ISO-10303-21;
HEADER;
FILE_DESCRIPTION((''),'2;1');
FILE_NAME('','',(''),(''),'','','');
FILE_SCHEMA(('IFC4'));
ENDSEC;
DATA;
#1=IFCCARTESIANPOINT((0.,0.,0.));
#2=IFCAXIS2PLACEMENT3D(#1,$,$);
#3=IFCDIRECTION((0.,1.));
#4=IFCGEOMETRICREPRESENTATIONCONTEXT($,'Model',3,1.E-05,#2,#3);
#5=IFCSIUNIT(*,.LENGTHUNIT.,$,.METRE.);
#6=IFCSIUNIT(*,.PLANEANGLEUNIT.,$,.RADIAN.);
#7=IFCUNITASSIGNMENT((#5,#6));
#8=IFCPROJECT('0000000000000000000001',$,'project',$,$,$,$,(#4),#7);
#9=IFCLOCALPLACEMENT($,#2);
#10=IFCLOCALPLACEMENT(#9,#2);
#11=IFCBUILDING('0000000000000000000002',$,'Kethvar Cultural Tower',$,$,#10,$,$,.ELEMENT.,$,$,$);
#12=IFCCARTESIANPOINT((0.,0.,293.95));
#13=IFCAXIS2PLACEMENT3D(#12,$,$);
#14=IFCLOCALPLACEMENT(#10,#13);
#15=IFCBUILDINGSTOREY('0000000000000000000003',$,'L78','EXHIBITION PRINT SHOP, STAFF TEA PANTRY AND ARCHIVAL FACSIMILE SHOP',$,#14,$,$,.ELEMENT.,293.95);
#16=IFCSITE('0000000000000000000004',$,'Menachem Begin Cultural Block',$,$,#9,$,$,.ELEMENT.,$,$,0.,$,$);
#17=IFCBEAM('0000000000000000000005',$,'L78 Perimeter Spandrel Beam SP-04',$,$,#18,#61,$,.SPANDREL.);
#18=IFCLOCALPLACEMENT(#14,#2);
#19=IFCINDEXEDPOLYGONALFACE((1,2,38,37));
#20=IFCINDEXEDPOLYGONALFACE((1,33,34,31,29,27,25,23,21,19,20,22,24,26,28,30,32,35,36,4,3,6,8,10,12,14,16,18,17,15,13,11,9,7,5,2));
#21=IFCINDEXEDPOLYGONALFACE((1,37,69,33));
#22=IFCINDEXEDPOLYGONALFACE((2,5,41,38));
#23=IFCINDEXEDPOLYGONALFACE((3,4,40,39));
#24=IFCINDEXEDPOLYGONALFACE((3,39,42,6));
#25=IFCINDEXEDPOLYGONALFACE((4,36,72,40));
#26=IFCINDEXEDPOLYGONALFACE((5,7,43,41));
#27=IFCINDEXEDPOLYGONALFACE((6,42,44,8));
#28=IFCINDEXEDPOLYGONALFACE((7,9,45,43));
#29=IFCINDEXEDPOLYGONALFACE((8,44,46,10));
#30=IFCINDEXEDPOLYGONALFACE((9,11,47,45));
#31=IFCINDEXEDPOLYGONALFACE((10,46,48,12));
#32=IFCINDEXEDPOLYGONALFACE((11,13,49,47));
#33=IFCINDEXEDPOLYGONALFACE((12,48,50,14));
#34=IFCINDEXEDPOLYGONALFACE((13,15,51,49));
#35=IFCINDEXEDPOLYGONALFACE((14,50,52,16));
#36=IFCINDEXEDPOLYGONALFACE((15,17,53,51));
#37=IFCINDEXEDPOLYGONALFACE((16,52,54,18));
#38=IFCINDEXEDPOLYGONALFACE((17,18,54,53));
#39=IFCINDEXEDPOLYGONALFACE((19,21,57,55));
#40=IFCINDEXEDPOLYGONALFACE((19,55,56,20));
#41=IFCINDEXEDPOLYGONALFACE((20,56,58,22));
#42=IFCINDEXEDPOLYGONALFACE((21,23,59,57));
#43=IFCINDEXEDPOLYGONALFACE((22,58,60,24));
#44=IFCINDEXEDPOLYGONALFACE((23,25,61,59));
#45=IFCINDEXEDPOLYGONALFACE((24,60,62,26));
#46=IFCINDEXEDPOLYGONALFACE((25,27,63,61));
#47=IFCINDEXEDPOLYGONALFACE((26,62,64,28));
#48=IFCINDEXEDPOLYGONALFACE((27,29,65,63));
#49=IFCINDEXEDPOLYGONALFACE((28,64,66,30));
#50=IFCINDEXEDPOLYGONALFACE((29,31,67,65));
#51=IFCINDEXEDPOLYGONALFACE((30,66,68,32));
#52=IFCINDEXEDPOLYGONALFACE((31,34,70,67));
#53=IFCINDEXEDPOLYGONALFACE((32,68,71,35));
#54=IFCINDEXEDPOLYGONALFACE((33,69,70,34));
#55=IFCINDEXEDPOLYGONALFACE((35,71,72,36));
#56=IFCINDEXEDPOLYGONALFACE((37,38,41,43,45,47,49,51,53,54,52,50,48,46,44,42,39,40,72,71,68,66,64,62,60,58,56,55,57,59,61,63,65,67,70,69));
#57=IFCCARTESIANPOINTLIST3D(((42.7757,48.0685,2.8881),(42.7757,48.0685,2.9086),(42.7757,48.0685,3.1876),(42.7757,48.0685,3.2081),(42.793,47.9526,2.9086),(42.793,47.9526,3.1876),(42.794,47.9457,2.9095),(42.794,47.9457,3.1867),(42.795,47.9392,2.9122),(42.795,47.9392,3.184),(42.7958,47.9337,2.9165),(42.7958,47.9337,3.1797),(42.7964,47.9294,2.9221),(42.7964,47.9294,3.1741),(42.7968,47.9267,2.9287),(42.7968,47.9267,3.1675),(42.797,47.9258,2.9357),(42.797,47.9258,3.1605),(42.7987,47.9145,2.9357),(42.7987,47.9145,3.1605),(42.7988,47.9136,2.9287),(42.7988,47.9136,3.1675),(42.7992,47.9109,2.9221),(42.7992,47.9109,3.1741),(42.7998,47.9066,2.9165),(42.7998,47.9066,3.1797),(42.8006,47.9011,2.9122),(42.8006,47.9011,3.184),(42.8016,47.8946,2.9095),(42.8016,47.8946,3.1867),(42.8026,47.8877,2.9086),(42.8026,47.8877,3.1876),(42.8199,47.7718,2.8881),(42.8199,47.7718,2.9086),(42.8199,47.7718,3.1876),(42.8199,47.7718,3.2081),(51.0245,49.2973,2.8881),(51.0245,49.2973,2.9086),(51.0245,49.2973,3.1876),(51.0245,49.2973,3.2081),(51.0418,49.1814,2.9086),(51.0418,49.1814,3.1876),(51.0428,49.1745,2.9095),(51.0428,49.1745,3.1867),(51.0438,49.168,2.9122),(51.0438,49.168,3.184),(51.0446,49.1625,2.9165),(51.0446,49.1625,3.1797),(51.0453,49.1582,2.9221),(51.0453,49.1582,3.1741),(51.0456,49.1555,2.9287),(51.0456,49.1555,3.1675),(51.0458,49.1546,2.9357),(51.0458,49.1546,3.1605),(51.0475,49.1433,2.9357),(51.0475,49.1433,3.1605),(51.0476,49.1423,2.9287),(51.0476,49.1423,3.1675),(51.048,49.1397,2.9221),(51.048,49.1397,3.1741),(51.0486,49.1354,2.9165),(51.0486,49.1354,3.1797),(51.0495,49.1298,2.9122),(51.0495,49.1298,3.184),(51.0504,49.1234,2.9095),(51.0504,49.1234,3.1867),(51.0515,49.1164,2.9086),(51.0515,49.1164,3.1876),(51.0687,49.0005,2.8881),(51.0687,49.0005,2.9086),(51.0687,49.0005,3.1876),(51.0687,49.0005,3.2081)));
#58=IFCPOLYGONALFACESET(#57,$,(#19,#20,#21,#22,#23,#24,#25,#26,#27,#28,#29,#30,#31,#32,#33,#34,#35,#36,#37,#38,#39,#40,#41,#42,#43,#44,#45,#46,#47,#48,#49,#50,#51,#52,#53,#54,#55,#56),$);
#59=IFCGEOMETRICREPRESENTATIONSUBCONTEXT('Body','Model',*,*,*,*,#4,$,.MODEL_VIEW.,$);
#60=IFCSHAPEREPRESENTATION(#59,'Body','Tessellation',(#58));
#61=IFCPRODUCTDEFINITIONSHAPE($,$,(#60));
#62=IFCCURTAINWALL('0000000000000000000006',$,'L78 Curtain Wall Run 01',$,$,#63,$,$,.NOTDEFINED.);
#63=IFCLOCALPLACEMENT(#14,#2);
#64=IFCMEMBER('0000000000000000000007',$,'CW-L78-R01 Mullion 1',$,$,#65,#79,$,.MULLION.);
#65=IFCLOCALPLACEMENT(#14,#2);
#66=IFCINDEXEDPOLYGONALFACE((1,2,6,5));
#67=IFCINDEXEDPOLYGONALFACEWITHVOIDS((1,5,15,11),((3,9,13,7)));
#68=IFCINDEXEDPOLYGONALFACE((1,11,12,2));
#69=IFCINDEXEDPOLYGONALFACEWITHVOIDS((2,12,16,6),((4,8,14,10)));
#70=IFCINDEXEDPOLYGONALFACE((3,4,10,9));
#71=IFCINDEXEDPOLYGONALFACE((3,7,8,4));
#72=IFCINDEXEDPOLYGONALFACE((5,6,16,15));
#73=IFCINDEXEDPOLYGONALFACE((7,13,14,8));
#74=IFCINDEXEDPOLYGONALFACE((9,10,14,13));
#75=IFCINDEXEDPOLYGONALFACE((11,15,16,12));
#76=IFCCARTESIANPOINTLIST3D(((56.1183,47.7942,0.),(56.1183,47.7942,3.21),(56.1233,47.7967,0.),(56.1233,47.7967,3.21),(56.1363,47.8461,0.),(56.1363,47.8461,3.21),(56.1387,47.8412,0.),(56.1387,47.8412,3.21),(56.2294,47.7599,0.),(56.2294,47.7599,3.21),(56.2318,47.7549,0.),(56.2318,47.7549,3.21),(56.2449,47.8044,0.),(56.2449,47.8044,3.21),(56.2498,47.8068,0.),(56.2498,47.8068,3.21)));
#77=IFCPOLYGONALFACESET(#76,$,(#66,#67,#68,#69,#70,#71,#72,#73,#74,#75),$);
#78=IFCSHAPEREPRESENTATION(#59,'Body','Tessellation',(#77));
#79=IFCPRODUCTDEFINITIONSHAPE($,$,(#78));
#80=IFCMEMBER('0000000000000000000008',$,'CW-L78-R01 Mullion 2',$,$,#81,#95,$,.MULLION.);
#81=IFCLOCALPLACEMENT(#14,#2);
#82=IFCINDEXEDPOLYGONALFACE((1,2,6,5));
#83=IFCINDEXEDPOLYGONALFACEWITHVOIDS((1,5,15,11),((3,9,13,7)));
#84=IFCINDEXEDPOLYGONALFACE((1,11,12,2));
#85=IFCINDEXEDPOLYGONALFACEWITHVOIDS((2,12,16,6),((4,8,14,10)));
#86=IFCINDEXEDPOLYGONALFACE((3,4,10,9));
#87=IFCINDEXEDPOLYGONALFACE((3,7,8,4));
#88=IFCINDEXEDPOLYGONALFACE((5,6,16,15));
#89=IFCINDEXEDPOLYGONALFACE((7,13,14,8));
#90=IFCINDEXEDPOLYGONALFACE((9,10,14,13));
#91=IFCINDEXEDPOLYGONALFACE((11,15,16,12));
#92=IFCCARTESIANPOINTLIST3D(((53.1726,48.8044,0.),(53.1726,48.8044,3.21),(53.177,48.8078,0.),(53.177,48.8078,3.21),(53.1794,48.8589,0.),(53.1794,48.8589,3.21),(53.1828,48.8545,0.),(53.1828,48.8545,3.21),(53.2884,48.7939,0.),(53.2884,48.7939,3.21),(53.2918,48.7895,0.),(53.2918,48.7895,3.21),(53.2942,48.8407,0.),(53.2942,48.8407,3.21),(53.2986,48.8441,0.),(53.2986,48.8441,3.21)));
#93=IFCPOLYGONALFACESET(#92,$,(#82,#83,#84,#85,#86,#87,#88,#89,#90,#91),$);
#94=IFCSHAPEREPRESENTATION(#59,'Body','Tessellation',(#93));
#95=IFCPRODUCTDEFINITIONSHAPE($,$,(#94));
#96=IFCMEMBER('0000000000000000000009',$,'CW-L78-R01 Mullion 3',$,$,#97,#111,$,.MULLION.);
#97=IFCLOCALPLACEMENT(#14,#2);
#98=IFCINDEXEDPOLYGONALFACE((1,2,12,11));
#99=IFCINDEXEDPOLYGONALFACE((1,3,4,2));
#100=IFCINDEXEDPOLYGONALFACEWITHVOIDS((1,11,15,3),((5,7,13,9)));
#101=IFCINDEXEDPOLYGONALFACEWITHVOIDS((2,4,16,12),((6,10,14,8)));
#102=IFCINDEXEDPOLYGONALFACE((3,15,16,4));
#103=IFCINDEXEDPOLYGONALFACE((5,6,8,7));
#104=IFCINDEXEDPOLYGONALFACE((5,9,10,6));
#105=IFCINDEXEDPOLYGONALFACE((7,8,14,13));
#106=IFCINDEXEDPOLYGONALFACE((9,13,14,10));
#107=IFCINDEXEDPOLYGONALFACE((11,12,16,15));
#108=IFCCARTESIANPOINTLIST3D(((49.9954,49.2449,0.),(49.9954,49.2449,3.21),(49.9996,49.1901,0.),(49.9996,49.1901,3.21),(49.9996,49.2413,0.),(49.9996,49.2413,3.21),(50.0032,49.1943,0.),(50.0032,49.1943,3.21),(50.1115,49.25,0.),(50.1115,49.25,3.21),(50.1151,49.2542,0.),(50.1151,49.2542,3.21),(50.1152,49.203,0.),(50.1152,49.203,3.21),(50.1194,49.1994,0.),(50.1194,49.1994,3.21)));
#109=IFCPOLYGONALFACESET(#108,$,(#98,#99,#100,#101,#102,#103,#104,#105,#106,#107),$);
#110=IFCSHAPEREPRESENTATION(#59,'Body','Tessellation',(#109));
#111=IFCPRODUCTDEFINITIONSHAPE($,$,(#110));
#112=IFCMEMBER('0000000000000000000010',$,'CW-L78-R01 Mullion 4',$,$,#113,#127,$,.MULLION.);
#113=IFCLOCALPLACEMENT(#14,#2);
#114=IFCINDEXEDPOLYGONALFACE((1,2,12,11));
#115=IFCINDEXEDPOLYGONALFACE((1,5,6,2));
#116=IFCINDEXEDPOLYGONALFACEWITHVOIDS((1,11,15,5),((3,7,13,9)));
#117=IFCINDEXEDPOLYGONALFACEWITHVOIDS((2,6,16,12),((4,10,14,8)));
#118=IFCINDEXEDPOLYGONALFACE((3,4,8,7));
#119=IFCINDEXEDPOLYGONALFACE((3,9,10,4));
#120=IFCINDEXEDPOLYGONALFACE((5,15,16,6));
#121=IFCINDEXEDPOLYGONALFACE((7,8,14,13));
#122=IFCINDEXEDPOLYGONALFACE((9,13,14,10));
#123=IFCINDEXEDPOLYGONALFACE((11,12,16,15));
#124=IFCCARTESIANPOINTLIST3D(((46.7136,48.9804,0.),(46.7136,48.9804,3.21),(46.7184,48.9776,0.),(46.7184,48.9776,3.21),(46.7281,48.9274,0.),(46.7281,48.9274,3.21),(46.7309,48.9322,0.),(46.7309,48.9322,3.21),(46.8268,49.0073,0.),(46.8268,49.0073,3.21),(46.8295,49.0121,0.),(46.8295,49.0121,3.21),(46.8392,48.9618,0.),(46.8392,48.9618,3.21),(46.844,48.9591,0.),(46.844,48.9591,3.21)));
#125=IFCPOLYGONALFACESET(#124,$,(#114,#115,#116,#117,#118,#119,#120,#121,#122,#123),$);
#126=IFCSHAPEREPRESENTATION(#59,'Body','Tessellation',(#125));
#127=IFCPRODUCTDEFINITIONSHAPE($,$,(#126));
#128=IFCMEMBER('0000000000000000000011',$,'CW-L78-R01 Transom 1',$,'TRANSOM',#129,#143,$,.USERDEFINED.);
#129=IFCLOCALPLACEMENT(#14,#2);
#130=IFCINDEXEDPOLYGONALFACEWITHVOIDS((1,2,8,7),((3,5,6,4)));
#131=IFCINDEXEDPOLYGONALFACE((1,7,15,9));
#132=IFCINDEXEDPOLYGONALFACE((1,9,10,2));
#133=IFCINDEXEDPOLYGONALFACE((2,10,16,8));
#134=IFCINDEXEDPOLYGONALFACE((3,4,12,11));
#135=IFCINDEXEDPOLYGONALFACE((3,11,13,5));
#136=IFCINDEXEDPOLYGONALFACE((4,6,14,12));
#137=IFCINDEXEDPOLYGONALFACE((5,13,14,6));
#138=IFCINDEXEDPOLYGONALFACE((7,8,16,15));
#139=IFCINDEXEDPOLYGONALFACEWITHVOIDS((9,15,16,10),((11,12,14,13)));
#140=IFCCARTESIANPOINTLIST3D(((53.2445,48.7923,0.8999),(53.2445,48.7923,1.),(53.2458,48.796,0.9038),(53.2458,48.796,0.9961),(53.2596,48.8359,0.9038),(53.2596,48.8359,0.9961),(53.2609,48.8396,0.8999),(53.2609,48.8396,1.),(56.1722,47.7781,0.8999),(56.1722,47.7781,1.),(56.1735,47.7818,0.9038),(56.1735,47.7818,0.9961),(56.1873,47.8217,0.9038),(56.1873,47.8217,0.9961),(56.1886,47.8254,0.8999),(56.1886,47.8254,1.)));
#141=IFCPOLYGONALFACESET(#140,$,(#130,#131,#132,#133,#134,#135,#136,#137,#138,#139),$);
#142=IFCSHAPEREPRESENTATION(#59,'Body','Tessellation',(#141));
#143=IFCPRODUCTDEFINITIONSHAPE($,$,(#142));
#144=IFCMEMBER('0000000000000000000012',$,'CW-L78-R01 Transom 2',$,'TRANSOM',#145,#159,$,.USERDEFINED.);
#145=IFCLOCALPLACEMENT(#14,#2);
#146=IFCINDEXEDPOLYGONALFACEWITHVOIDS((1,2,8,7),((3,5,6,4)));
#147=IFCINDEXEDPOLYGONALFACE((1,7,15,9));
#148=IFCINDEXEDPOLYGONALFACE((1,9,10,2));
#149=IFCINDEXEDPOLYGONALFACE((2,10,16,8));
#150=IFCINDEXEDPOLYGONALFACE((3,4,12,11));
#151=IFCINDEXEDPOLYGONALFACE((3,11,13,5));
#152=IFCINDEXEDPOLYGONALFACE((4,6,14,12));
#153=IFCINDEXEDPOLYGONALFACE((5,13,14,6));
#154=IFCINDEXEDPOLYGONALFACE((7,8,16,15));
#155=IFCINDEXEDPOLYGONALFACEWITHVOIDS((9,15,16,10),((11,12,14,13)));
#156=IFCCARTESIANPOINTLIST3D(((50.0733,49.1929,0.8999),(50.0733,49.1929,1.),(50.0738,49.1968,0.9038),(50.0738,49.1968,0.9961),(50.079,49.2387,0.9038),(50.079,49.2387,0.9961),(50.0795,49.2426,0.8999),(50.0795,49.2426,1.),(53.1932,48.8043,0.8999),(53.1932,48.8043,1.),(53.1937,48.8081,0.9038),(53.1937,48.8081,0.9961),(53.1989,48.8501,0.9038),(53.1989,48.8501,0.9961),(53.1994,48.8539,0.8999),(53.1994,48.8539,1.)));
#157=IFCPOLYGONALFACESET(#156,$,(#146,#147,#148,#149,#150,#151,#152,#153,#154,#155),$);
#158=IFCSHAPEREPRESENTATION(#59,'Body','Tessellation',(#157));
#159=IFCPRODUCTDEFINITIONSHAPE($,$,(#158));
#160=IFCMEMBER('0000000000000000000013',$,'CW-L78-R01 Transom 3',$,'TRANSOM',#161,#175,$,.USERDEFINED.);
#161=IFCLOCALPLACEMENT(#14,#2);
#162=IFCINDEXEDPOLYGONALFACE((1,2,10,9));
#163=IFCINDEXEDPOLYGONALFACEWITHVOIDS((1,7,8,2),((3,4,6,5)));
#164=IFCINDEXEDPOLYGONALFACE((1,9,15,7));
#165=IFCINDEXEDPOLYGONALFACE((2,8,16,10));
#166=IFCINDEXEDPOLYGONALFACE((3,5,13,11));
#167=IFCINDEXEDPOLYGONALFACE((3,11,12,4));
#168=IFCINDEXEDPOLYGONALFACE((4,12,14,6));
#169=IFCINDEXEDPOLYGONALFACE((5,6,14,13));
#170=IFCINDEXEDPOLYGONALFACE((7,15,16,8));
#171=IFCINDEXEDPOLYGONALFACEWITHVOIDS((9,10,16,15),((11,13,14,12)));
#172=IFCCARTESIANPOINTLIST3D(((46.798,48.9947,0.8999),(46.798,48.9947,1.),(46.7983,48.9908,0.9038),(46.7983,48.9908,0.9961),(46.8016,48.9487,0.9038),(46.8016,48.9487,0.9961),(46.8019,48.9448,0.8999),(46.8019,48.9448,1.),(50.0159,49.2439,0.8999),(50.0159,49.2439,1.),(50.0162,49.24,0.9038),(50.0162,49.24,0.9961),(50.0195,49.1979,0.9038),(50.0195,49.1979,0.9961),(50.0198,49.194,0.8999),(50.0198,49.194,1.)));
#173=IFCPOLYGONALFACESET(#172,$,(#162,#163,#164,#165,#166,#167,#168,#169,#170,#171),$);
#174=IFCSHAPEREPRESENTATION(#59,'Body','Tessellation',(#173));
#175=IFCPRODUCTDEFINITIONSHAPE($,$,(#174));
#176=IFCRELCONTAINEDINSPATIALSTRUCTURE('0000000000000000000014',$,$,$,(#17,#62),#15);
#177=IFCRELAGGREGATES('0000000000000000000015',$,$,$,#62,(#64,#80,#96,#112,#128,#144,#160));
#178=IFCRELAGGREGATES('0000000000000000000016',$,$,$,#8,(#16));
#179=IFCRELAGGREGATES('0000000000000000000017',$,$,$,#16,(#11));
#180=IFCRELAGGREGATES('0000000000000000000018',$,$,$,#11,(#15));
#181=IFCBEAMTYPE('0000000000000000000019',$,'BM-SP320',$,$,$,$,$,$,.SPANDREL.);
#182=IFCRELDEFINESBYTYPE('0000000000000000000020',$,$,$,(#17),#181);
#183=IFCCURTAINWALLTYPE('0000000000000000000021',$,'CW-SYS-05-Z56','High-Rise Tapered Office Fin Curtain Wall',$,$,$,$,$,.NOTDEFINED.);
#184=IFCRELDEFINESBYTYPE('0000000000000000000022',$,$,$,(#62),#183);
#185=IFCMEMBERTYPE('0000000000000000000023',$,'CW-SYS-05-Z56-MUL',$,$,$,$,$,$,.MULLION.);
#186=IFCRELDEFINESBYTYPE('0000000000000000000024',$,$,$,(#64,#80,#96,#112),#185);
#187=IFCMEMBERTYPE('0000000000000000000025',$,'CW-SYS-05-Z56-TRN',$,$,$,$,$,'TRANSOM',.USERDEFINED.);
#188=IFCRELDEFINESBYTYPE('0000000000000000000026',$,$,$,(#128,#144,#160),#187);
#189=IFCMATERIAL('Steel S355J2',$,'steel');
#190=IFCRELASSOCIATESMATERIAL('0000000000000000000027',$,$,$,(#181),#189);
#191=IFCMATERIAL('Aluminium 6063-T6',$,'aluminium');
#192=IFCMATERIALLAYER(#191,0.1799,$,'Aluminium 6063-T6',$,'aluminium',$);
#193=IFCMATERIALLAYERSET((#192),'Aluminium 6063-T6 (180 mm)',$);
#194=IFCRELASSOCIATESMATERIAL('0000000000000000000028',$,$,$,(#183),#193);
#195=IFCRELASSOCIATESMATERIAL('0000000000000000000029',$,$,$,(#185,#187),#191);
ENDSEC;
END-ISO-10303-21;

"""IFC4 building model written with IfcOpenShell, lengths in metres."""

from ifc_helpers import new_model, si_unit, direction, frame, origin, origin_2d, place, context, subcontext, project, spatial, hollow_rectangle, i_section, extrude, source, transform, mapped, material, layer, layer_set, material_profile, profile_set, type_object, element, aggregate, save


model = new_model("IFC4")

# Units and contexts
model_context = context("Model", 3, precision=1e-05, world=origin(), true_north=direction((0.0, 1.0)))
body_context = subcontext(model_context, "Body", "Model", "MODEL_VIEW")
ifc_project = project(units=[si_unit("LENGTHUNIT", "METRE"), si_unit("PLANEANGLEUNIT", "RADIAN")], contexts=[model_context])

# Site, building, storey
site_placement = place(None, origin())
site = spatial("IfcSite", under=ifc_project, at=site_placement, Name="Menachem Begin Cultural Block", CompositionType="ELEMENT", RefElevation=0.0)
building_placement = place(site_placement, origin())
building = spatial("IfcBuilding", under=site, at=building_placement, Name="Kethvar Cultural Tower", CompositionType="ELEMENT")
storey_placement = place(building_placement, frame((0.0, 0.0, 293.95)))
storey = spatial("IfcBuildingStorey", under=building, at=storey_placement, Name="L78", Description="EXHIBITION PRINT SHOP, STAFF TEA PANTRY AND ARCHIVAL FACSIMILE SHOP", CompositionType="ELEMENT", Elevation=293.95)

# Shared definitions
ifc_material_1 = material(Name="Steel S355J2", Category="steel")

# Beam
ifc_material_profile_1 = material_profile(ifc_material_1, i_section(OverallWidth=0.3, OverallDepth=0.3201, WebThickness=0.0115, FlangeThickness=0.0205, FilletRadius=0.0271, at=origin_2d()), Name="Steel S355J2 — HEB320")
ifc_profile_set_1 = profile_set([ifc_material_profile_1], Name="Steel S355J2 — HEB320")
beam_type_1 = type_object("IfcBeamType", Name="BM-SP320", PredefinedType="SPANDREL", material=ifc_profile_set_1)
shared_shape_1 = source(origin(), body_context, "Body", "SweptSolid", [
    extrude(i_section(OverallWidth=0.3, OverallDepth=0.3201, WebThickness=0.0115, FlangeThickness=0.0205, FilletRadius=0.0271, at=origin_2d()), origin(), (0.0, 0.0, 1.0), 8.3398),
])
beam_1_placement = place(storey_placement, frame((51.0466, 49.1489, 3.0481), z_axis=(-0.989086, -0.147337, 0.0), x_axis=(0.147337, -0.989086, 0.0)))
element("IfcBeam", 1, at=beam_1_placement, inside=storey, type_object=beam_type_1, Name="L78 Perimeter Spandrel Beam SP-04", PredefinedType="SPANDREL", context=body_context, shape_type="MappedRepresentation", body=[
    mapped(shared_shape_1, transform((0.0, 0.0, 0.0), scale=1.0)),
])

# Curtain wall, members
ifc_material_2 = material(Name="Aluminium 6063-T6", Category="aluminium")
ifc_layer_1 = layer(ifc_material_2, 0.1799, Name="Aluminium 6063-T6", Category="aluminium")
ifc_layer_set_1 = layer_set([ifc_layer_1], Name="Aluminium 6063-T6 (180 mm)")
curtain_wall_type = type_object("IfcCurtainWallType", Name="CW-SYS-05-Z56", Description="High-Rise Tapered Office Fin Curtain Wall", PredefinedType="NOTDEFINED", material=ifc_layer_set_1)
curtain_wall_1_placement = place(storey_placement, origin())
curtain_wall_1 = element("IfcCurtainWall", 2, at=curtain_wall_1_placement, inside=storey, type_object=curtain_wall_type, Name="L78 Curtain Wall Run 01", PredefinedType="NOTDEFINED")
ifc_material_profile_2 = material_profile(ifc_material_2, hollow_rectangle(XDim=0.0549, YDim=0.1201, WallThickness=0.0039, at=origin_2d()), Name="Aluminium 6063-T6 — RHS120x55x4")
ifc_profile_set_2 = profile_set([ifc_material_profile_2], Name="Aluminium 6063-T6 — RHS120x55x4")
member_type_1 = type_object("IfcMemberType", Name="CW-SYS-05-Z56-MUL", PredefinedType="MULLION", material=ifc_profile_set_2)
shared_shape_2 = source(origin(), body_context, "Body", "SweptSolid", [
    extrude(hollow_rectangle(XDim=0.0549, YDim=0.1201, WallThickness=0.0039, at=origin_2d()), origin(), (0.0, 0.0, 1.0), 3.21),
])
member_1_placement = place(storey_placement, frame((56.1841, 47.8005, 0.0), z_axis=(0.0, 0.0, 1.0), x_axis=(-0.32735, -0.944903, 0.0)))
member_1 = element("IfcMember", 3, at=member_1_placement, type_object=member_type_1, Name="CW-L78-R01 Mullion 1", PredefinedType="MULLION", context=body_context, shape_type="MappedRepresentation", body=[
    mapped(shared_shape_2, transform((0.0, 0.0, 0.0), scale=1.0)),
])
member_2_placement = place(storey_placement, frame((53.2356, 48.8242, 0.0), z_axis=(0.0, 0.0, 1.0), x_axis=(-0.123601, -0.992332, 0.0)))
member_2 = element("IfcMember", 4, at=member_2_placement, type_object=member_type_1, Name="CW-L78-R01 Mullion 2", PredefinedType="MULLION", context=body_context, shape_type="MappedRepresentation", body=[
    mapped(shared_shape_2, transform((0.0, 0.0, 0.0), scale=1.0)),
])
member_3_placement = place(storey_placement, frame((50.0574, 49.2222, 0.0), z_axis=(0.0, 0.0, 1.0), x_axis=(0.077293, -0.997008, 0.0)))
member_3 = element("IfcMember", 5, at=member_3_placement, type_object=member_type_1, Name="CW-L78-R01 Mullion 3", PredefinedType="MULLION", context=body_context, shape_type="MappedRepresentation", body=[
    mapped(shared_shape_2, transform((0.0, 0.0, 0.0), scale=1.0)),
])
member_4_placement = place(storey_placement, frame((46.7788, 48.9697, 0.0), z_axis=(0.0, 0.0, 1.0), x_axis=(0.263907, -0.964548, 0.0)))
member_4 = element("IfcMember", 6, at=member_4_placement, type_object=member_type_1, Name="CW-L78-R01 Mullion 4", PredefinedType="MULLION", context=body_context, shape_type="MappedRepresentation", body=[
    mapped(shared_shape_2, transform((0.0, 0.0, 0.0), scale=1.0)),
])
ifc_material_profile_3 = material_profile(ifc_material_2, hollow_rectangle(XDim=0.05, YDim=0.1001, WallThickness=0.0039, at=origin_2d()), Name="Aluminium 6063-T6 — RHS100x50x4")
ifc_profile_set_3 = profile_set([ifc_material_profile_3], Name="Aluminium 6063-T6 — RHS100x50x4")
member_type_2 = type_object("IfcMemberType", Name="CW-SYS-05-Z56-TRN", ElementType="TRANSOM", PredefinedType="USERDEFINED", material=ifc_profile_set_3)
shared_shape_3 = source(origin(), body_context, "Body", "SweptSolid", [
    extrude(hollow_rectangle(XDim=0.05, YDim=0.1001, WallThickness=0.0039, at=origin_2d()), origin(), (0.0, 0.0, 1.0), 3.0984),
])
member_5_placement = place(storey_placement, frame((56.1804, 47.8018, 0.95), z_axis=(-0.944915, 0.327316, 0.0), x_axis=(-0.327316, -0.944915, 0.0)))
member_5 = element("IfcMember", 7, at=member_5_placement, type_object=member_type_2, Name="CW-L78-R01 Transom 1", ObjectType="TRANSOM", PredefinedType="USERDEFINED", context=body_context, shape_type="MappedRepresentation", body=[
    mapped(shared_shape_3, transform((0.0, 0.0, 0.0), scale=1.0)),
])
shared_shape_4 = source(origin(), body_context, "Body", "SweptSolid", [
    extrude(hollow_rectangle(XDim=0.05, YDim=0.1001, WallThickness=0.0039, at=origin_2d()), origin(), (0.0, 0.0, 1.0), 3.144),
])
member_6_placement = place(storey_placement, frame((53.1963, 48.8291, 0.95), z_axis=(-0.992329, 0.123624, 0.0), x_axis=(-0.123624, -0.992329, 0.0)))
member_6 = element("IfcMember", 8, at=member_6_placement, type_object=member_type_2, Name="CW-L78-R01 Transom 2", ObjectType="TRANSOM", PredefinedType="USERDEFINED", context=body_context, shape_type="MappedRepresentation", body=[
    mapped(shared_shape_4, transform((0.0, 0.0, 0.0), scale=1.0)),
])
shared_shape_5 = source(origin(), body_context, "Body", "SweptSolid", [
    extrude(hollow_rectangle(XDim=0.05, YDim=0.1001, WallThickness=0.0039, at=origin_2d()), origin(), (0.0, 0.0, 1.0), 3.2275),
])
member_7_placement = place(storey_placement, frame((50.0178, 49.219, 0.95), z_axis=(-0.997013, -0.077229, 0.0), x_axis=(0.077229, -0.997013, 0.0)))
member_7 = element("IfcMember", 9, at=member_7_placement, type_object=member_type_2, Name="CW-L78-R01 Transom 3", ObjectType="TRANSOM", PredefinedType="USERDEFINED", context=body_context, shape_type="MappedRepresentation", body=[
    mapped(shared_shape_5, transform((0.0, 0.0, 0.0), scale=1.0)),
])

aggregate(curtain_wall_1, [member_1, member_2, member_3, member_4, member_5, member_6, member_7])

save(model, "model.ifc")
